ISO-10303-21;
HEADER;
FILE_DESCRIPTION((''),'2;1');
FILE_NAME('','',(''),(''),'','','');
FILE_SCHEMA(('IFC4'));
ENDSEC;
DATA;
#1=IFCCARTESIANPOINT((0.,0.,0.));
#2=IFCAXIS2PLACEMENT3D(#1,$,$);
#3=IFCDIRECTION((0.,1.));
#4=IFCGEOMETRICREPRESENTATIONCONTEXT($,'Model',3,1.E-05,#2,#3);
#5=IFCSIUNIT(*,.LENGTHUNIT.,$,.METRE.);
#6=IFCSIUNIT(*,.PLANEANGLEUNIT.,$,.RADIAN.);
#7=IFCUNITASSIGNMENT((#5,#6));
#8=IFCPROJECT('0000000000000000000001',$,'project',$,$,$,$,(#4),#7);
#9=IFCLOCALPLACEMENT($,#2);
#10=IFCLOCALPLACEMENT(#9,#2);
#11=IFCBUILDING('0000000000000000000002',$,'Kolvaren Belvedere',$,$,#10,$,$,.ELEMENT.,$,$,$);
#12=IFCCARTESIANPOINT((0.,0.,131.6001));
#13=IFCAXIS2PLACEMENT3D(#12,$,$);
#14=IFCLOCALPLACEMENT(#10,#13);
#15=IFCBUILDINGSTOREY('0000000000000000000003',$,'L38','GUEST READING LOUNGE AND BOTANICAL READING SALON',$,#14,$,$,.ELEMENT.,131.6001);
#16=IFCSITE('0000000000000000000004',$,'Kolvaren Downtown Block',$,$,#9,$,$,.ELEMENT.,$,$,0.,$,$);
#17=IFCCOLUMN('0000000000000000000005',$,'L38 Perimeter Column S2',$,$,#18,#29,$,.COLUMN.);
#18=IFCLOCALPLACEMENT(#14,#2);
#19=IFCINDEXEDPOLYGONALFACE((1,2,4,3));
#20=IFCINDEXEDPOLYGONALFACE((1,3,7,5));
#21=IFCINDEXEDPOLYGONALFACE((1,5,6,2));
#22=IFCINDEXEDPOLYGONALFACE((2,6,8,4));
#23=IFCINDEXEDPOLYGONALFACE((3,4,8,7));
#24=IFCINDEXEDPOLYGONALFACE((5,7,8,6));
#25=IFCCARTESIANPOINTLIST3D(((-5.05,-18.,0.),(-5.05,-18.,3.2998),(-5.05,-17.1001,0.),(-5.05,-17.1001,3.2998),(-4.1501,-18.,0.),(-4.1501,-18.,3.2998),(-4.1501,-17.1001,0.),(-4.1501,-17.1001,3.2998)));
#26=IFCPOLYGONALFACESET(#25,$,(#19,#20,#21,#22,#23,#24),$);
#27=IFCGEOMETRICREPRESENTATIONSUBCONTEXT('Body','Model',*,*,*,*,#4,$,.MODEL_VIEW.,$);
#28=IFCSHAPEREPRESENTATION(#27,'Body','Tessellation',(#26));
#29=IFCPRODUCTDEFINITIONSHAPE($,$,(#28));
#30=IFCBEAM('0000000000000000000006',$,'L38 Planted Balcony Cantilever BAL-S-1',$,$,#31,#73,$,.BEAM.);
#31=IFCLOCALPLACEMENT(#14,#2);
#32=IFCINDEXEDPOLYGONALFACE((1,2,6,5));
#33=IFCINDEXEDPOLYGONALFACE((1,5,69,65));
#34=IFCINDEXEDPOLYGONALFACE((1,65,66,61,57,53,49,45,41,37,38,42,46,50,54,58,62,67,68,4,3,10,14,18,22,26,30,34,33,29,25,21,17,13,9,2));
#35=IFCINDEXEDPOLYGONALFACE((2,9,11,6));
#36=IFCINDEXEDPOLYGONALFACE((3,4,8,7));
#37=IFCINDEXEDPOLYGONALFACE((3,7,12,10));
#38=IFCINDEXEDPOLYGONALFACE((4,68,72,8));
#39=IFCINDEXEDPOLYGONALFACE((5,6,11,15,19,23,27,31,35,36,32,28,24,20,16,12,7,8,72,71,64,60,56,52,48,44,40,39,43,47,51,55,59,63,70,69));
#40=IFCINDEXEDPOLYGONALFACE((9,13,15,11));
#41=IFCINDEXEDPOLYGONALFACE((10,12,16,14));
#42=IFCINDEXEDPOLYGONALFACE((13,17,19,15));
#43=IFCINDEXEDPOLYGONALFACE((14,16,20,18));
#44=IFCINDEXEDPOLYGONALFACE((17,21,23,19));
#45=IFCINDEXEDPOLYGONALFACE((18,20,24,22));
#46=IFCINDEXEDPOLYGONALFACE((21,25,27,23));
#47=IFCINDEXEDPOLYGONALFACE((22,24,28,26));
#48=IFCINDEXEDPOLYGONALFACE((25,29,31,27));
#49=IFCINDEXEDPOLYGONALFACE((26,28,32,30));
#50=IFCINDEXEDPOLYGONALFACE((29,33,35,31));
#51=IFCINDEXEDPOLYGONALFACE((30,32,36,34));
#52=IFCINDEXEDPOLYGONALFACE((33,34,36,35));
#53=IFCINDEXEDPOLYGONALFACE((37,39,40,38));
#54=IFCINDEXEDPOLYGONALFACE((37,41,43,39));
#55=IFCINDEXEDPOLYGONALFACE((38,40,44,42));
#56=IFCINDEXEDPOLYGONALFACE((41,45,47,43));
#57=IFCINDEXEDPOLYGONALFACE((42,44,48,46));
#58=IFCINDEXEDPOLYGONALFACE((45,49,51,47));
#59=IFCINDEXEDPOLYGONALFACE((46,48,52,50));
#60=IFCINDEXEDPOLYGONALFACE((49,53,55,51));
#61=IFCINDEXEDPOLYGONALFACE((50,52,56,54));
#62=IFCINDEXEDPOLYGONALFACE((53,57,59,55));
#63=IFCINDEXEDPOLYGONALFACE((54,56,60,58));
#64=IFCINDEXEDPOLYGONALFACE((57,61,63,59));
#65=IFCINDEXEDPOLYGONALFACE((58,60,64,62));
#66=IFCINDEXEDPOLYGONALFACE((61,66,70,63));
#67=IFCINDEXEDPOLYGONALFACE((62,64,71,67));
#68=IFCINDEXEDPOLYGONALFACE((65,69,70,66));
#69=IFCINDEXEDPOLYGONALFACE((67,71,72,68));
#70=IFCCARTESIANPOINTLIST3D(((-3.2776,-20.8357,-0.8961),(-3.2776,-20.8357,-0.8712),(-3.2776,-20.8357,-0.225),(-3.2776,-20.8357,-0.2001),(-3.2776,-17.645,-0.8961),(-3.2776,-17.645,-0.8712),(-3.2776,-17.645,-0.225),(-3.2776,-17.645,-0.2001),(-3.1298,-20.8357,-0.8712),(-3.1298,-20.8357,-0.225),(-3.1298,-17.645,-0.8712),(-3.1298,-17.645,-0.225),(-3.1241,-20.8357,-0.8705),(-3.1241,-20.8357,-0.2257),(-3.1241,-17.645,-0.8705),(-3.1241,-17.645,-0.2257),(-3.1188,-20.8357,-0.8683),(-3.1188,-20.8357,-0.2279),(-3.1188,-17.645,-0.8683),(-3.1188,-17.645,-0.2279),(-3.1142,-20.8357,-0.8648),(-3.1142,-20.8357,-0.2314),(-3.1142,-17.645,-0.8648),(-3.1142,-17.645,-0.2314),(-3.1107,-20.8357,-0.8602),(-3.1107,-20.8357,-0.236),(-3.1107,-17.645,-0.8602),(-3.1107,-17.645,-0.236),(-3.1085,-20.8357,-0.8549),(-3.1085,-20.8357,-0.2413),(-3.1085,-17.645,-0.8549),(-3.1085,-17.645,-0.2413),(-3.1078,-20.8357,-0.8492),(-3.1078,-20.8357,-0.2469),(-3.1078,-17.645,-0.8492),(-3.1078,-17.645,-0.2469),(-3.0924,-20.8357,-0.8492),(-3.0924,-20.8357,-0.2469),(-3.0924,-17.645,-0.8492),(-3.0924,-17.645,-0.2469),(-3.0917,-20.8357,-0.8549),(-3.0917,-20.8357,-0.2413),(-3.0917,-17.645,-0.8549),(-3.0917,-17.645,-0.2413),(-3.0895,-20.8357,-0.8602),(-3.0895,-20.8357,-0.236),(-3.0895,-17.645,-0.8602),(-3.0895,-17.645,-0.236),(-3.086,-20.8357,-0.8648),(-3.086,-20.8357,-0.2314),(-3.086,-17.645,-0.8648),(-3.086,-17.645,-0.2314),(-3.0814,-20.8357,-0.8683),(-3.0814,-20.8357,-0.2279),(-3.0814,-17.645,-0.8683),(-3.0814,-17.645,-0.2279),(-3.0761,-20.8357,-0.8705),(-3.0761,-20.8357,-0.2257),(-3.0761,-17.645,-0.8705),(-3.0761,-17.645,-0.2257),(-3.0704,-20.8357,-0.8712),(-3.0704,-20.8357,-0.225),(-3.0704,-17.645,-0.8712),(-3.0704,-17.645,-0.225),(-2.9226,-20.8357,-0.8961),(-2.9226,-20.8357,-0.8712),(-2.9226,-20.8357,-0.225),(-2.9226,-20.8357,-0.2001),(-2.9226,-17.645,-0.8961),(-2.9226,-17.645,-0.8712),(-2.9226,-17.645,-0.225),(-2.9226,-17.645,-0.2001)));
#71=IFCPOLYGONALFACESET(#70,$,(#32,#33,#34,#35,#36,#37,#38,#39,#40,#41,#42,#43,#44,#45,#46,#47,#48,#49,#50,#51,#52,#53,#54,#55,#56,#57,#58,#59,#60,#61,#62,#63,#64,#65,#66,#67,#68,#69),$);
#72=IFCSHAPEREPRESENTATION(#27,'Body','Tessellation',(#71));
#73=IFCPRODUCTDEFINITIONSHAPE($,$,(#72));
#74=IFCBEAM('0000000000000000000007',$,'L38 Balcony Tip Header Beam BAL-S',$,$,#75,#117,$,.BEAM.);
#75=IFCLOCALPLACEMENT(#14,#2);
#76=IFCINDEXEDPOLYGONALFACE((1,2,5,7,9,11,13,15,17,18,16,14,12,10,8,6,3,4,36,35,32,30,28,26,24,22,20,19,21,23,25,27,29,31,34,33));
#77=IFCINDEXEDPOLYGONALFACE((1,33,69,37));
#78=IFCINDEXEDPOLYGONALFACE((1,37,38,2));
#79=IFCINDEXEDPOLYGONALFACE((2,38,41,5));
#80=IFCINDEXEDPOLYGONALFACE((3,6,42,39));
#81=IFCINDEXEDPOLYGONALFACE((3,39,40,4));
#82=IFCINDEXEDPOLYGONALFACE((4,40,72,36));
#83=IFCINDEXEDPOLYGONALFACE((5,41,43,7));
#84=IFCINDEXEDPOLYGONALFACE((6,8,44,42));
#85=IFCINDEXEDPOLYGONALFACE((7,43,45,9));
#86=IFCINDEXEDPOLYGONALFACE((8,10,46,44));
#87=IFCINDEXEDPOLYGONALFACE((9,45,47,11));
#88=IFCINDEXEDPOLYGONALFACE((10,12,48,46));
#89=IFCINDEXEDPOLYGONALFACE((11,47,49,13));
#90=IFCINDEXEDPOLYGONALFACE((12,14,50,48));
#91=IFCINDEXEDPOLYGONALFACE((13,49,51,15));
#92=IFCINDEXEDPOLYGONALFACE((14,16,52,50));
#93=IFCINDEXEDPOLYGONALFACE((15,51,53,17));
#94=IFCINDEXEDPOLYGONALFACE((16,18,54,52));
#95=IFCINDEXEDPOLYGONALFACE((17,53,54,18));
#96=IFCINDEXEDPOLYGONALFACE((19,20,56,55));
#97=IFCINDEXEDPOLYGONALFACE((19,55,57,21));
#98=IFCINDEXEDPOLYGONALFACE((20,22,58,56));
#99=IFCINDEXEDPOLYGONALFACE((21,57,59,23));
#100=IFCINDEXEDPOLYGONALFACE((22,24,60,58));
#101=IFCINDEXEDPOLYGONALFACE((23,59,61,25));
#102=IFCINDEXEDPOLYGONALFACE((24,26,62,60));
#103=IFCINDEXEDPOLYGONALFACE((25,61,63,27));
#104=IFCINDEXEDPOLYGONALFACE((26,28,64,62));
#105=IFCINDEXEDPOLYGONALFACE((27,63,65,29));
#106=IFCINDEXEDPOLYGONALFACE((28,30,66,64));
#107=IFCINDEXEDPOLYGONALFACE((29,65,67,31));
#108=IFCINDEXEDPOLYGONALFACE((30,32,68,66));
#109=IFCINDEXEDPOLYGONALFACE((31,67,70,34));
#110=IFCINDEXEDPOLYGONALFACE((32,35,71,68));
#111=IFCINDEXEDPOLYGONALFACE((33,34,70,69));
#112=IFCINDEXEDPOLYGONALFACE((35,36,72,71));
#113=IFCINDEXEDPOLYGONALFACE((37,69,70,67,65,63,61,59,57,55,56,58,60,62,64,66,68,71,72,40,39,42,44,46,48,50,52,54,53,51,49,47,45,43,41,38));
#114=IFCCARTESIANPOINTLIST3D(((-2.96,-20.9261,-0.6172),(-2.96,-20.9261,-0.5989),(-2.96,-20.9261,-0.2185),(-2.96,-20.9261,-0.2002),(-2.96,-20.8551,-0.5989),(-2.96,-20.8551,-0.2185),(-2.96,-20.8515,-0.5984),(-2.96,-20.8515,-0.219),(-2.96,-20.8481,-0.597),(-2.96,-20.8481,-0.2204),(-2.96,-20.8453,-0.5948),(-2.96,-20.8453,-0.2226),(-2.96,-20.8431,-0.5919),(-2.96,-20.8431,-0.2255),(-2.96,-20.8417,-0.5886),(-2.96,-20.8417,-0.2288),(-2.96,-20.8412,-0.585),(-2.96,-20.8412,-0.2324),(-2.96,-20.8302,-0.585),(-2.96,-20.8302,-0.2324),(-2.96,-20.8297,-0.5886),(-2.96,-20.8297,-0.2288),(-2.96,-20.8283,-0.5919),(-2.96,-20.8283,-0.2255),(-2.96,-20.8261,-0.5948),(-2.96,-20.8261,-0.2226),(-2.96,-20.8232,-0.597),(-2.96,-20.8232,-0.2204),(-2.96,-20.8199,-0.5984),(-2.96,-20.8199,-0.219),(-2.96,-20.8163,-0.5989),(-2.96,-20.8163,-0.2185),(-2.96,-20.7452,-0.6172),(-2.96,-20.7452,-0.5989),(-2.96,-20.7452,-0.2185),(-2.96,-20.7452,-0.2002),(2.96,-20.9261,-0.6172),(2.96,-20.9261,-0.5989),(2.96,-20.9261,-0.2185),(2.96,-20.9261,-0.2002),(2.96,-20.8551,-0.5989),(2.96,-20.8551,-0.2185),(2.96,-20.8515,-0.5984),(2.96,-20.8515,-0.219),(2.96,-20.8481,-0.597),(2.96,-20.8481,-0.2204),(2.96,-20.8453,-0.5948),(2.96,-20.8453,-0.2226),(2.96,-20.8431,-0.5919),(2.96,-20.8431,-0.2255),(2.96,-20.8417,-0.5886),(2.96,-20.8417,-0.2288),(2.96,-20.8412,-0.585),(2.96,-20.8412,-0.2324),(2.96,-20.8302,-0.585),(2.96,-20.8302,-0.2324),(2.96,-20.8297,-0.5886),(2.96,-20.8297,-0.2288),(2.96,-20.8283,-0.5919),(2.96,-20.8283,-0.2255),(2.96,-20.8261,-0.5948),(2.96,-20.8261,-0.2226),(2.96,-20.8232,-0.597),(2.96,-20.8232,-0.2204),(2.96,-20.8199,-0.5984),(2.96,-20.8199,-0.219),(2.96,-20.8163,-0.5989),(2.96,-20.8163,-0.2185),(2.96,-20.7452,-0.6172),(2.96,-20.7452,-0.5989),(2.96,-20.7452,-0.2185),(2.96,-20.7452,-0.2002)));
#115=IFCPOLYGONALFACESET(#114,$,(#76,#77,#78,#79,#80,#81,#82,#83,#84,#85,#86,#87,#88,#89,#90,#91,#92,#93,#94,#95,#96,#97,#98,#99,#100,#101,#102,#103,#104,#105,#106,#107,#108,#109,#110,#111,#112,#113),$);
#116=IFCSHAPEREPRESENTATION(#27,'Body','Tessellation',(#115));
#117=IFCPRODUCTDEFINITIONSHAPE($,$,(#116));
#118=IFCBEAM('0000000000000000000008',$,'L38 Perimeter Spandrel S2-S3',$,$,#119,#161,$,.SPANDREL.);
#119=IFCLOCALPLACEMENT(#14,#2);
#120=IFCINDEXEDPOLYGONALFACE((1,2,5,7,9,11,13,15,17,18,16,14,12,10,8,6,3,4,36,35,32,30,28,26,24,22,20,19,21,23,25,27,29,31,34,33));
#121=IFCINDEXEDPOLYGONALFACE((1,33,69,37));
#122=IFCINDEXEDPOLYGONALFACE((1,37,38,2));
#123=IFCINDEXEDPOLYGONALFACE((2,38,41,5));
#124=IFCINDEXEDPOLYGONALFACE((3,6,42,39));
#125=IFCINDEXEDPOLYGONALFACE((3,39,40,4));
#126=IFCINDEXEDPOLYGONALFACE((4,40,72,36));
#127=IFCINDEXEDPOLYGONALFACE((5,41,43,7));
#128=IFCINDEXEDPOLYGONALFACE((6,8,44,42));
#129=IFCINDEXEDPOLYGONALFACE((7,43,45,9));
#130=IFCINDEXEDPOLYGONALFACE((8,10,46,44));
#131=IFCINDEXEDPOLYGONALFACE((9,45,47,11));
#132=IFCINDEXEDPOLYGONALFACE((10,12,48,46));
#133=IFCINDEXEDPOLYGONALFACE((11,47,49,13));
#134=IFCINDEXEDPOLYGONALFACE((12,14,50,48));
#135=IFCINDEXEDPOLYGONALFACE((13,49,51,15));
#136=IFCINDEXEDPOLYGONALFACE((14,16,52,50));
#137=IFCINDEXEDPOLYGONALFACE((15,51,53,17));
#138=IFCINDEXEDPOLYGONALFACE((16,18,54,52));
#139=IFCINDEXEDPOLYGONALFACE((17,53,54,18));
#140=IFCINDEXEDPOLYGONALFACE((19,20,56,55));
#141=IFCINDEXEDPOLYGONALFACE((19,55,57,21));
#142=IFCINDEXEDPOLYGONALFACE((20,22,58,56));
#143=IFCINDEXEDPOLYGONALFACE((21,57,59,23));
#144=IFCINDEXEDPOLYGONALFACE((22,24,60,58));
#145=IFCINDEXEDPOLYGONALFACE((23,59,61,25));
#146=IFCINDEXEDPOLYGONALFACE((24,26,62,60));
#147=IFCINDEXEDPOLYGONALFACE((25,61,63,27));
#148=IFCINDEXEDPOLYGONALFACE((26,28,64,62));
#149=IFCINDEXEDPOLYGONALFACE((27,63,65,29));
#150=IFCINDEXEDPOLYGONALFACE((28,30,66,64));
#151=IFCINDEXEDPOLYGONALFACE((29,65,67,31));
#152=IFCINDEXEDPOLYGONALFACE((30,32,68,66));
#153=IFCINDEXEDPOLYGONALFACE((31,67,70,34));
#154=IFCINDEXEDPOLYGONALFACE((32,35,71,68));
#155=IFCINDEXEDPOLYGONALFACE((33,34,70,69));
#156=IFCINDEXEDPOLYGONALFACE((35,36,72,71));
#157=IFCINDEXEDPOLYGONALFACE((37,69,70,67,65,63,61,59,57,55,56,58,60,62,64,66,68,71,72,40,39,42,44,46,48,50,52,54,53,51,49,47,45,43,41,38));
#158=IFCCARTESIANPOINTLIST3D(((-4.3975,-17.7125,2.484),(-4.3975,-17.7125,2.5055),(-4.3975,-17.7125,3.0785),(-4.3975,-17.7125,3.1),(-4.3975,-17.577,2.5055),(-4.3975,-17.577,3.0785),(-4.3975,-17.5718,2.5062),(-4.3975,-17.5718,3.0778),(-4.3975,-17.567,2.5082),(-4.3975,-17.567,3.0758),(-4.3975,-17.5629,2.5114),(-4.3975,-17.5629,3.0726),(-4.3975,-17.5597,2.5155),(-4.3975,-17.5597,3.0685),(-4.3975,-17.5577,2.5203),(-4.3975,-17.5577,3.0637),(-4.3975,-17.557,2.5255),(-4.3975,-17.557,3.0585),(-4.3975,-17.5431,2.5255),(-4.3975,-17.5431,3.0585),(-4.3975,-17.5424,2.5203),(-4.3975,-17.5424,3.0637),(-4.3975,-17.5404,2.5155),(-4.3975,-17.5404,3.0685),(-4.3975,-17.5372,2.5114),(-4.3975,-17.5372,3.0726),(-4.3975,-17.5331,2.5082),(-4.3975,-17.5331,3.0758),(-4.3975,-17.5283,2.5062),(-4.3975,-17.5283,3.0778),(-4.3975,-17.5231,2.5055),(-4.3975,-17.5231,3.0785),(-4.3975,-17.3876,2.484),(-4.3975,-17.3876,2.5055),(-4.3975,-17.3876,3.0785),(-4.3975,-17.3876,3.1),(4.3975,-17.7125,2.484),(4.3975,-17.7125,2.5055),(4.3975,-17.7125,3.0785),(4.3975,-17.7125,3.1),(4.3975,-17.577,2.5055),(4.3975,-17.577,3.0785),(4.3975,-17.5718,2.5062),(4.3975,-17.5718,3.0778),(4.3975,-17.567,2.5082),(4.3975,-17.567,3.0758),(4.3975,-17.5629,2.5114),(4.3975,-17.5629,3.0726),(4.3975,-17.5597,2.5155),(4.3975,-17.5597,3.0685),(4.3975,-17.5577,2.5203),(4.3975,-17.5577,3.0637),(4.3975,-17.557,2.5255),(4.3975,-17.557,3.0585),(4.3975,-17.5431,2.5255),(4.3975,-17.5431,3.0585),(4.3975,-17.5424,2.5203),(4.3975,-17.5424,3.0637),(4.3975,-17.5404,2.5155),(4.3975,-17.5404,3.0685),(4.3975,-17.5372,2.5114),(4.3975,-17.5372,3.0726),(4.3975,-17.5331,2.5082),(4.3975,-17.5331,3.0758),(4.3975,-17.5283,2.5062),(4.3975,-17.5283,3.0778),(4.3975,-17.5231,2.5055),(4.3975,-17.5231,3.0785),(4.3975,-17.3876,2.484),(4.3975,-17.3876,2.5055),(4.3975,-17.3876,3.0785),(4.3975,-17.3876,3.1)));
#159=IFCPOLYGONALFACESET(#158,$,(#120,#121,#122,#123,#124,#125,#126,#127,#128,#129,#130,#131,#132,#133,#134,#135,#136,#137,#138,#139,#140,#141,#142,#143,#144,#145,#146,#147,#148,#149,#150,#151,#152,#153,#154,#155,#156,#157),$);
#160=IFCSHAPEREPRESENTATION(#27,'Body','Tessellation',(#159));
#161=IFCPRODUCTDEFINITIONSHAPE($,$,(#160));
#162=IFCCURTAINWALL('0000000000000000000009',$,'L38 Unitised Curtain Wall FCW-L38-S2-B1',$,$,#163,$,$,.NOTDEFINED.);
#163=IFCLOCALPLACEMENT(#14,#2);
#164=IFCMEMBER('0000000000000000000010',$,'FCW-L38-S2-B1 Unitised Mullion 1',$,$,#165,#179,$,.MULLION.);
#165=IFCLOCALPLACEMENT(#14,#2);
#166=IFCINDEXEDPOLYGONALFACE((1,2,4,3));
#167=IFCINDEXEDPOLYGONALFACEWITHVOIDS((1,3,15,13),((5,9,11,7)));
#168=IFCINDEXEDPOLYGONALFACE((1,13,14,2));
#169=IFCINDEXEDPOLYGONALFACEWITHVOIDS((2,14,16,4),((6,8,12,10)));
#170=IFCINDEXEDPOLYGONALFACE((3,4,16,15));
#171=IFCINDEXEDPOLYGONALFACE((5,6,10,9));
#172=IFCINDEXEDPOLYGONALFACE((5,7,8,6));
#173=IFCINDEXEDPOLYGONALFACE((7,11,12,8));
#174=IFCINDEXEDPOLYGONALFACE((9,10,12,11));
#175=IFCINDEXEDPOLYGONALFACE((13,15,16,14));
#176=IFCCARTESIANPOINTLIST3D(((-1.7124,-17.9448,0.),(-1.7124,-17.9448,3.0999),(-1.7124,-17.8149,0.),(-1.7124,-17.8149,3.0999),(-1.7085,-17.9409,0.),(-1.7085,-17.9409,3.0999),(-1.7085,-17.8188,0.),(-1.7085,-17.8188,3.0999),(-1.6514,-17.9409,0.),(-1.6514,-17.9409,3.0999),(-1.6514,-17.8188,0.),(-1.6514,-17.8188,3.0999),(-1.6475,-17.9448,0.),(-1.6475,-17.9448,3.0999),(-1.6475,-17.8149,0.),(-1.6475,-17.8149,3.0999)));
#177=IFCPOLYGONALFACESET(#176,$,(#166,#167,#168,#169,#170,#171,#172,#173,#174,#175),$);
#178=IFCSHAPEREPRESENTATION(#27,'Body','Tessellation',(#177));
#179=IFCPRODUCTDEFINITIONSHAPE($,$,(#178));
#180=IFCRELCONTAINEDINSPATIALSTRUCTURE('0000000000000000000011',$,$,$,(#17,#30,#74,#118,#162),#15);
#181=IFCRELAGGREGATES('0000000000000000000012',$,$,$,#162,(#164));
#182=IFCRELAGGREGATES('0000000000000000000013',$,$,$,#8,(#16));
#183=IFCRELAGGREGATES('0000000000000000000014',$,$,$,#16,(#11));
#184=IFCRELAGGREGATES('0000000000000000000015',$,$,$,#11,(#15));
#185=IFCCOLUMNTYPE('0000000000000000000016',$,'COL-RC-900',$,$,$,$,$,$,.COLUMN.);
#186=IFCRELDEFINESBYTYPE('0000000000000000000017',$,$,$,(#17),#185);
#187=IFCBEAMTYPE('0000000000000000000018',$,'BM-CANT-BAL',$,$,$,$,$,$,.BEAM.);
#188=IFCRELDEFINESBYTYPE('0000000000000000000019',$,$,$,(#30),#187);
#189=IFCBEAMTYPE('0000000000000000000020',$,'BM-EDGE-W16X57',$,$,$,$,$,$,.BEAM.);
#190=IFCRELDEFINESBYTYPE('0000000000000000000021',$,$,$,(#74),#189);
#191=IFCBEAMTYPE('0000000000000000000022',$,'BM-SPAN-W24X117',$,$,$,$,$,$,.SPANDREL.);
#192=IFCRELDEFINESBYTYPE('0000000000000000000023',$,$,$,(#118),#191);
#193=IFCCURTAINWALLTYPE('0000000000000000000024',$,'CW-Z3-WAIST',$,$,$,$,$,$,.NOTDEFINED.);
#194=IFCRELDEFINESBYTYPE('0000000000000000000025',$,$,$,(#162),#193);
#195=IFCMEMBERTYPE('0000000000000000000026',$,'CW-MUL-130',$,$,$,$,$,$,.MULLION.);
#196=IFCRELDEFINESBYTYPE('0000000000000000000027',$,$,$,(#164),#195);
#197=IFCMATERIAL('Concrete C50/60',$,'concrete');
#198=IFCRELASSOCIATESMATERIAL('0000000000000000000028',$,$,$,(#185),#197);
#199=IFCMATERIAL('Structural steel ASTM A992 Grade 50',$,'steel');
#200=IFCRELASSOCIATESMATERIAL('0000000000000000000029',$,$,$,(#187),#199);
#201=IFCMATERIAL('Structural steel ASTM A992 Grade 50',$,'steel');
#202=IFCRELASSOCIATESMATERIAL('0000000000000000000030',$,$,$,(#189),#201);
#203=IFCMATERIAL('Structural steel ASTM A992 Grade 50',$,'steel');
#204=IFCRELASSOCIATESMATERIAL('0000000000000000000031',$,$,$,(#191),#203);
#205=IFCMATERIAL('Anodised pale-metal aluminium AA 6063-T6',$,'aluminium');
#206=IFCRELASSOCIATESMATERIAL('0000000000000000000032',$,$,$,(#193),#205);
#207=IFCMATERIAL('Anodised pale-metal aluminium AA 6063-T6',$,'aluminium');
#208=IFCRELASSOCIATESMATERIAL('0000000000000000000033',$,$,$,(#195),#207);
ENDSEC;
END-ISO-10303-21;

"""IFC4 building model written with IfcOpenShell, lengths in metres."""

from ifc_helpers import new_model, si_unit, direction, frame, origin, origin_2d, place, context, subcontext, project, spatial, rectangle, hollow_rectangle, i_section, extrude, material, material_profile, profile_set, type_object, element, aggregate, save


model = new_model("IFC4")

# Units and contexts
model_context = context("Model", 3, precision=1e-05, world=origin(), true_north=direction((0.0, 1.0)))
body_context = subcontext(model_context, "Body", "Model", "MODEL_VIEW")
ifc_project = project(units=[si_unit("LENGTHUNIT", "METRE"), si_unit("PLANEANGLEUNIT", "RADIAN")], contexts=[model_context])

# Site, building, storey
site_placement = place(None, origin())
site = spatial("IfcSite", under=ifc_project, at=site_placement, Name="Kolvaren Downtown Block", CompositionType="ELEMENT", RefElevation=0.0)
building_placement = place(site_placement, origin())
building = spatial("IfcBuilding", under=site, at=building_placement, Name="Kolvaren Belvedere", CompositionType="ELEMENT")
storey_placement = place(building_placement, frame((0.0, 0.0, 131.6001)))
storey = spatial("IfcBuildingStorey", under=building, at=storey_placement, Name="L38", Description="GUEST READING LOUNGE AND BOTANICAL READING SALON", CompositionType="ELEMENT", Elevation=131.6001)

# Column
ifc_material_1 = material(Name="Concrete C50/60", Category="concrete")
ifc_material_profile_1 = material_profile(ifc_material_1, rectangle(XDim=0.8999, YDim=0.8999, at=origin_2d()), Name="RC 900X900")
ifc_profile_set_1 = profile_set([ifc_material_profile_1], Name="Concrete C50/60")
column_type = type_object("IfcColumnType", Name="COL-RC-900", PredefinedType="COLUMN", material=ifc_profile_set_1)
column_placement = place(storey_placement, frame((-4.6001, -17.55, 0.0), z_axis=(0.0, 0.0, 1.0), x_axis=(1.0, 0.0, 0.0)))
element("IfcColumn", 1, at=column_placement, inside=storey, type_object=column_type, Name="L38 Perimeter Column S2", PredefinedType="COLUMN", context=body_context, shape_type="SweptSolid", body=[
    extrude(rectangle(XDim=0.8999, YDim=0.8999, at=origin_2d()), origin(), (0.0, 0.0, 1.0), 3.2998),
])

# Beams
ifc_material_2 = material(Name="Structural steel ASTM A992 Grade 50", Category="steel")
ifc_material_profile_2 = material_profile(ifc_material_2, i_section(OverallWidth=0.355, OverallDepth=0.696, WebThickness=0.0154, FlangeThickness=0.0249, FilletRadius=0.022, at=origin_2d()), Name="W27X146")
ifc_profile_set_2 = profile_set([ifc_material_profile_2], Name="Structural steel ASTM A992 Grade 50")
beam_type_1 = type_object("IfcBeamType", Name="BM-CANT-BAL", PredefinedType="BEAM", material=ifc_profile_set_2)
beam_1_placement = place(storey_placement, frame((-3.1001, -17.645, -0.5481), z_axis=(0.0, -1.0, 0.0), x_axis=(1.0, 0.0, 0.0)))
element("IfcBeam", 2, at=beam_1_placement, inside=storey, type_object=beam_type_1, Name="L38 Planted Balcony Cantilever BAL-S-1", PredefinedType="BEAM", context=body_context, shape_type="SweptSolid", body=[
    extrude(i_section(OverallWidth=0.355, OverallDepth=0.696, WebThickness=0.0154, FlangeThickness=0.0249, FilletRadius=0.022, at=origin_2d()), origin(), (0.0, 0.0, 1.0), 3.1907),
])
ifc_material_3 = material(Name="Structural steel ASTM A992 Grade 50", Category="steel")
ifc_material_profile_3 = material_profile(ifc_material_3, i_section(OverallWidth=0.1809, OverallDepth=0.417, WebThickness=0.011, FlangeThickness=0.0183, FilletRadius=0.0139, at=origin_2d()), Name="W16X57")
ifc_profile_set_3 = profile_set([ifc_material_profile_3], Name="Structural steel ASTM A992 Grade 50")
beam_type_2 = type_object("IfcBeamType", Name="BM-EDGE-W16X57", PredefinedType="BEAM", material=ifc_profile_set_3)
beam_2_placement = place(storey_placement, frame((-2.96, -20.8357, -0.4087), z_axis=(1.0, 0.0, 0.0), x_axis=(0.0, 1.0, 0.0)))
element("IfcBeam", 3, at=beam_2_placement, inside=storey, type_object=beam_type_2, Name="L38 Balcony Tip Header Beam BAL-S", PredefinedType="BEAM", context=body_context, shape_type="SweptSolid", body=[
    extrude(i_section(OverallWidth=0.1809, OverallDepth=0.417, WebThickness=0.011, FlangeThickness=0.0183, FilletRadius=0.0139, at=origin_2d()), origin(), (0.0, 0.0, 1.0), 5.9199),
])
ifc_material_4 = material(Name="Structural steel ASTM A992 Grade 50", Category="steel")
ifc_material_profile_4 = material_profile(ifc_material_4, i_section(OverallWidth=0.325, OverallDepth=0.616, WebThickness=0.0139, FlangeThickness=0.0215, FilletRadius=0.02, at=origin_2d()), Name="W24X117")
ifc_profile_set_4 = profile_set([ifc_material_profile_4], Name="Structural steel ASTM A992 Grade 50")
beam_type_3 = type_object("IfcBeamType", Name="BM-SPAN-W24X117", PredefinedType="SPANDREL", material=ifc_profile_set_4)
beam_3_placement = place(storey_placement, frame((-4.3975, -17.55, 2.792), z_axis=(1.0, 0.0, 0.0), x_axis=(0.0, 1.0, 0.0)))
element("IfcBeam", 4, at=beam_3_placement, inside=storey, type_object=beam_type_3, Name="L38 Perimeter Spandrel S2-S3", PredefinedType="SPANDREL", context=body_context, shape_type="SweptSolid", body=[
    extrude(i_section(OverallWidth=0.325, OverallDepth=0.616, WebThickness=0.0139, FlangeThickness=0.0215, FilletRadius=0.02, at=origin_2d()), origin(), (0.0, 0.0, 1.0), 8.7949),
])

# Curtain wall, member
ifc_material_5 = material(Name="Anodised pale-metal aluminium AA 6063-T6", Category="aluminium")
curtain_wall_type = type_object("IfcCurtainWallType", Name="CW-Z3-WAIST", PredefinedType="NOTDEFINED", material=ifc_material_5)
curtain_wall_1_placement = place(storey_placement, origin())
curtain_wall_1 = element("IfcCurtainWall", 5, at=curtain_wall_1_placement, inside=storey, type_object=curtain_wall_type, Name="L38 Unitised Curtain Wall FCW-L38-S2-B1", PredefinedType="NOTDEFINED")
ifc_material_6 = material(Name="Anodised pale-metal aluminium AA 6063-T6", Category="aluminium")
ifc_material_profile_5 = material_profile(ifc_material_6, hollow_rectangle(XDim=0.0649, YDim=0.1299, WallThickness=0.0039, at=origin_2d()), Name="ALU-MUL-130X65")
ifc_profile_set_5 = profile_set([ifc_material_profile_5], Name="Anodised pale-metal aluminium AA 6063-T6")
member_type_1 = type_object("IfcMemberType", Name="CW-MUL-130", PredefinedType="MULLION", material=ifc_profile_set_5)
member_1_placement = place(storey_placement, frame((-1.6799, -17.8799, 0.0), z_axis=(0.0, 0.0, 1.0), x_axis=(1.0, 0.0, 0.0)))
member_1 = element("IfcMember", 6, at=member_1_placement, type_object=member_type_1, Name="FCW-L38-S2-B1 Unitised Mullion 1", PredefinedType="MULLION", context=body_context, shape_type="SweptSolid", body=[
    extrude(hollow_rectangle(XDim=0.0649, YDim=0.1299, WallThickness=0.0039, at=origin_2d()), origin(), (0.0, 0.0, 1.0), 3.0999),
])

aggregate(curtain_wall_1, [member_1])

save(model, "model.ifc")
